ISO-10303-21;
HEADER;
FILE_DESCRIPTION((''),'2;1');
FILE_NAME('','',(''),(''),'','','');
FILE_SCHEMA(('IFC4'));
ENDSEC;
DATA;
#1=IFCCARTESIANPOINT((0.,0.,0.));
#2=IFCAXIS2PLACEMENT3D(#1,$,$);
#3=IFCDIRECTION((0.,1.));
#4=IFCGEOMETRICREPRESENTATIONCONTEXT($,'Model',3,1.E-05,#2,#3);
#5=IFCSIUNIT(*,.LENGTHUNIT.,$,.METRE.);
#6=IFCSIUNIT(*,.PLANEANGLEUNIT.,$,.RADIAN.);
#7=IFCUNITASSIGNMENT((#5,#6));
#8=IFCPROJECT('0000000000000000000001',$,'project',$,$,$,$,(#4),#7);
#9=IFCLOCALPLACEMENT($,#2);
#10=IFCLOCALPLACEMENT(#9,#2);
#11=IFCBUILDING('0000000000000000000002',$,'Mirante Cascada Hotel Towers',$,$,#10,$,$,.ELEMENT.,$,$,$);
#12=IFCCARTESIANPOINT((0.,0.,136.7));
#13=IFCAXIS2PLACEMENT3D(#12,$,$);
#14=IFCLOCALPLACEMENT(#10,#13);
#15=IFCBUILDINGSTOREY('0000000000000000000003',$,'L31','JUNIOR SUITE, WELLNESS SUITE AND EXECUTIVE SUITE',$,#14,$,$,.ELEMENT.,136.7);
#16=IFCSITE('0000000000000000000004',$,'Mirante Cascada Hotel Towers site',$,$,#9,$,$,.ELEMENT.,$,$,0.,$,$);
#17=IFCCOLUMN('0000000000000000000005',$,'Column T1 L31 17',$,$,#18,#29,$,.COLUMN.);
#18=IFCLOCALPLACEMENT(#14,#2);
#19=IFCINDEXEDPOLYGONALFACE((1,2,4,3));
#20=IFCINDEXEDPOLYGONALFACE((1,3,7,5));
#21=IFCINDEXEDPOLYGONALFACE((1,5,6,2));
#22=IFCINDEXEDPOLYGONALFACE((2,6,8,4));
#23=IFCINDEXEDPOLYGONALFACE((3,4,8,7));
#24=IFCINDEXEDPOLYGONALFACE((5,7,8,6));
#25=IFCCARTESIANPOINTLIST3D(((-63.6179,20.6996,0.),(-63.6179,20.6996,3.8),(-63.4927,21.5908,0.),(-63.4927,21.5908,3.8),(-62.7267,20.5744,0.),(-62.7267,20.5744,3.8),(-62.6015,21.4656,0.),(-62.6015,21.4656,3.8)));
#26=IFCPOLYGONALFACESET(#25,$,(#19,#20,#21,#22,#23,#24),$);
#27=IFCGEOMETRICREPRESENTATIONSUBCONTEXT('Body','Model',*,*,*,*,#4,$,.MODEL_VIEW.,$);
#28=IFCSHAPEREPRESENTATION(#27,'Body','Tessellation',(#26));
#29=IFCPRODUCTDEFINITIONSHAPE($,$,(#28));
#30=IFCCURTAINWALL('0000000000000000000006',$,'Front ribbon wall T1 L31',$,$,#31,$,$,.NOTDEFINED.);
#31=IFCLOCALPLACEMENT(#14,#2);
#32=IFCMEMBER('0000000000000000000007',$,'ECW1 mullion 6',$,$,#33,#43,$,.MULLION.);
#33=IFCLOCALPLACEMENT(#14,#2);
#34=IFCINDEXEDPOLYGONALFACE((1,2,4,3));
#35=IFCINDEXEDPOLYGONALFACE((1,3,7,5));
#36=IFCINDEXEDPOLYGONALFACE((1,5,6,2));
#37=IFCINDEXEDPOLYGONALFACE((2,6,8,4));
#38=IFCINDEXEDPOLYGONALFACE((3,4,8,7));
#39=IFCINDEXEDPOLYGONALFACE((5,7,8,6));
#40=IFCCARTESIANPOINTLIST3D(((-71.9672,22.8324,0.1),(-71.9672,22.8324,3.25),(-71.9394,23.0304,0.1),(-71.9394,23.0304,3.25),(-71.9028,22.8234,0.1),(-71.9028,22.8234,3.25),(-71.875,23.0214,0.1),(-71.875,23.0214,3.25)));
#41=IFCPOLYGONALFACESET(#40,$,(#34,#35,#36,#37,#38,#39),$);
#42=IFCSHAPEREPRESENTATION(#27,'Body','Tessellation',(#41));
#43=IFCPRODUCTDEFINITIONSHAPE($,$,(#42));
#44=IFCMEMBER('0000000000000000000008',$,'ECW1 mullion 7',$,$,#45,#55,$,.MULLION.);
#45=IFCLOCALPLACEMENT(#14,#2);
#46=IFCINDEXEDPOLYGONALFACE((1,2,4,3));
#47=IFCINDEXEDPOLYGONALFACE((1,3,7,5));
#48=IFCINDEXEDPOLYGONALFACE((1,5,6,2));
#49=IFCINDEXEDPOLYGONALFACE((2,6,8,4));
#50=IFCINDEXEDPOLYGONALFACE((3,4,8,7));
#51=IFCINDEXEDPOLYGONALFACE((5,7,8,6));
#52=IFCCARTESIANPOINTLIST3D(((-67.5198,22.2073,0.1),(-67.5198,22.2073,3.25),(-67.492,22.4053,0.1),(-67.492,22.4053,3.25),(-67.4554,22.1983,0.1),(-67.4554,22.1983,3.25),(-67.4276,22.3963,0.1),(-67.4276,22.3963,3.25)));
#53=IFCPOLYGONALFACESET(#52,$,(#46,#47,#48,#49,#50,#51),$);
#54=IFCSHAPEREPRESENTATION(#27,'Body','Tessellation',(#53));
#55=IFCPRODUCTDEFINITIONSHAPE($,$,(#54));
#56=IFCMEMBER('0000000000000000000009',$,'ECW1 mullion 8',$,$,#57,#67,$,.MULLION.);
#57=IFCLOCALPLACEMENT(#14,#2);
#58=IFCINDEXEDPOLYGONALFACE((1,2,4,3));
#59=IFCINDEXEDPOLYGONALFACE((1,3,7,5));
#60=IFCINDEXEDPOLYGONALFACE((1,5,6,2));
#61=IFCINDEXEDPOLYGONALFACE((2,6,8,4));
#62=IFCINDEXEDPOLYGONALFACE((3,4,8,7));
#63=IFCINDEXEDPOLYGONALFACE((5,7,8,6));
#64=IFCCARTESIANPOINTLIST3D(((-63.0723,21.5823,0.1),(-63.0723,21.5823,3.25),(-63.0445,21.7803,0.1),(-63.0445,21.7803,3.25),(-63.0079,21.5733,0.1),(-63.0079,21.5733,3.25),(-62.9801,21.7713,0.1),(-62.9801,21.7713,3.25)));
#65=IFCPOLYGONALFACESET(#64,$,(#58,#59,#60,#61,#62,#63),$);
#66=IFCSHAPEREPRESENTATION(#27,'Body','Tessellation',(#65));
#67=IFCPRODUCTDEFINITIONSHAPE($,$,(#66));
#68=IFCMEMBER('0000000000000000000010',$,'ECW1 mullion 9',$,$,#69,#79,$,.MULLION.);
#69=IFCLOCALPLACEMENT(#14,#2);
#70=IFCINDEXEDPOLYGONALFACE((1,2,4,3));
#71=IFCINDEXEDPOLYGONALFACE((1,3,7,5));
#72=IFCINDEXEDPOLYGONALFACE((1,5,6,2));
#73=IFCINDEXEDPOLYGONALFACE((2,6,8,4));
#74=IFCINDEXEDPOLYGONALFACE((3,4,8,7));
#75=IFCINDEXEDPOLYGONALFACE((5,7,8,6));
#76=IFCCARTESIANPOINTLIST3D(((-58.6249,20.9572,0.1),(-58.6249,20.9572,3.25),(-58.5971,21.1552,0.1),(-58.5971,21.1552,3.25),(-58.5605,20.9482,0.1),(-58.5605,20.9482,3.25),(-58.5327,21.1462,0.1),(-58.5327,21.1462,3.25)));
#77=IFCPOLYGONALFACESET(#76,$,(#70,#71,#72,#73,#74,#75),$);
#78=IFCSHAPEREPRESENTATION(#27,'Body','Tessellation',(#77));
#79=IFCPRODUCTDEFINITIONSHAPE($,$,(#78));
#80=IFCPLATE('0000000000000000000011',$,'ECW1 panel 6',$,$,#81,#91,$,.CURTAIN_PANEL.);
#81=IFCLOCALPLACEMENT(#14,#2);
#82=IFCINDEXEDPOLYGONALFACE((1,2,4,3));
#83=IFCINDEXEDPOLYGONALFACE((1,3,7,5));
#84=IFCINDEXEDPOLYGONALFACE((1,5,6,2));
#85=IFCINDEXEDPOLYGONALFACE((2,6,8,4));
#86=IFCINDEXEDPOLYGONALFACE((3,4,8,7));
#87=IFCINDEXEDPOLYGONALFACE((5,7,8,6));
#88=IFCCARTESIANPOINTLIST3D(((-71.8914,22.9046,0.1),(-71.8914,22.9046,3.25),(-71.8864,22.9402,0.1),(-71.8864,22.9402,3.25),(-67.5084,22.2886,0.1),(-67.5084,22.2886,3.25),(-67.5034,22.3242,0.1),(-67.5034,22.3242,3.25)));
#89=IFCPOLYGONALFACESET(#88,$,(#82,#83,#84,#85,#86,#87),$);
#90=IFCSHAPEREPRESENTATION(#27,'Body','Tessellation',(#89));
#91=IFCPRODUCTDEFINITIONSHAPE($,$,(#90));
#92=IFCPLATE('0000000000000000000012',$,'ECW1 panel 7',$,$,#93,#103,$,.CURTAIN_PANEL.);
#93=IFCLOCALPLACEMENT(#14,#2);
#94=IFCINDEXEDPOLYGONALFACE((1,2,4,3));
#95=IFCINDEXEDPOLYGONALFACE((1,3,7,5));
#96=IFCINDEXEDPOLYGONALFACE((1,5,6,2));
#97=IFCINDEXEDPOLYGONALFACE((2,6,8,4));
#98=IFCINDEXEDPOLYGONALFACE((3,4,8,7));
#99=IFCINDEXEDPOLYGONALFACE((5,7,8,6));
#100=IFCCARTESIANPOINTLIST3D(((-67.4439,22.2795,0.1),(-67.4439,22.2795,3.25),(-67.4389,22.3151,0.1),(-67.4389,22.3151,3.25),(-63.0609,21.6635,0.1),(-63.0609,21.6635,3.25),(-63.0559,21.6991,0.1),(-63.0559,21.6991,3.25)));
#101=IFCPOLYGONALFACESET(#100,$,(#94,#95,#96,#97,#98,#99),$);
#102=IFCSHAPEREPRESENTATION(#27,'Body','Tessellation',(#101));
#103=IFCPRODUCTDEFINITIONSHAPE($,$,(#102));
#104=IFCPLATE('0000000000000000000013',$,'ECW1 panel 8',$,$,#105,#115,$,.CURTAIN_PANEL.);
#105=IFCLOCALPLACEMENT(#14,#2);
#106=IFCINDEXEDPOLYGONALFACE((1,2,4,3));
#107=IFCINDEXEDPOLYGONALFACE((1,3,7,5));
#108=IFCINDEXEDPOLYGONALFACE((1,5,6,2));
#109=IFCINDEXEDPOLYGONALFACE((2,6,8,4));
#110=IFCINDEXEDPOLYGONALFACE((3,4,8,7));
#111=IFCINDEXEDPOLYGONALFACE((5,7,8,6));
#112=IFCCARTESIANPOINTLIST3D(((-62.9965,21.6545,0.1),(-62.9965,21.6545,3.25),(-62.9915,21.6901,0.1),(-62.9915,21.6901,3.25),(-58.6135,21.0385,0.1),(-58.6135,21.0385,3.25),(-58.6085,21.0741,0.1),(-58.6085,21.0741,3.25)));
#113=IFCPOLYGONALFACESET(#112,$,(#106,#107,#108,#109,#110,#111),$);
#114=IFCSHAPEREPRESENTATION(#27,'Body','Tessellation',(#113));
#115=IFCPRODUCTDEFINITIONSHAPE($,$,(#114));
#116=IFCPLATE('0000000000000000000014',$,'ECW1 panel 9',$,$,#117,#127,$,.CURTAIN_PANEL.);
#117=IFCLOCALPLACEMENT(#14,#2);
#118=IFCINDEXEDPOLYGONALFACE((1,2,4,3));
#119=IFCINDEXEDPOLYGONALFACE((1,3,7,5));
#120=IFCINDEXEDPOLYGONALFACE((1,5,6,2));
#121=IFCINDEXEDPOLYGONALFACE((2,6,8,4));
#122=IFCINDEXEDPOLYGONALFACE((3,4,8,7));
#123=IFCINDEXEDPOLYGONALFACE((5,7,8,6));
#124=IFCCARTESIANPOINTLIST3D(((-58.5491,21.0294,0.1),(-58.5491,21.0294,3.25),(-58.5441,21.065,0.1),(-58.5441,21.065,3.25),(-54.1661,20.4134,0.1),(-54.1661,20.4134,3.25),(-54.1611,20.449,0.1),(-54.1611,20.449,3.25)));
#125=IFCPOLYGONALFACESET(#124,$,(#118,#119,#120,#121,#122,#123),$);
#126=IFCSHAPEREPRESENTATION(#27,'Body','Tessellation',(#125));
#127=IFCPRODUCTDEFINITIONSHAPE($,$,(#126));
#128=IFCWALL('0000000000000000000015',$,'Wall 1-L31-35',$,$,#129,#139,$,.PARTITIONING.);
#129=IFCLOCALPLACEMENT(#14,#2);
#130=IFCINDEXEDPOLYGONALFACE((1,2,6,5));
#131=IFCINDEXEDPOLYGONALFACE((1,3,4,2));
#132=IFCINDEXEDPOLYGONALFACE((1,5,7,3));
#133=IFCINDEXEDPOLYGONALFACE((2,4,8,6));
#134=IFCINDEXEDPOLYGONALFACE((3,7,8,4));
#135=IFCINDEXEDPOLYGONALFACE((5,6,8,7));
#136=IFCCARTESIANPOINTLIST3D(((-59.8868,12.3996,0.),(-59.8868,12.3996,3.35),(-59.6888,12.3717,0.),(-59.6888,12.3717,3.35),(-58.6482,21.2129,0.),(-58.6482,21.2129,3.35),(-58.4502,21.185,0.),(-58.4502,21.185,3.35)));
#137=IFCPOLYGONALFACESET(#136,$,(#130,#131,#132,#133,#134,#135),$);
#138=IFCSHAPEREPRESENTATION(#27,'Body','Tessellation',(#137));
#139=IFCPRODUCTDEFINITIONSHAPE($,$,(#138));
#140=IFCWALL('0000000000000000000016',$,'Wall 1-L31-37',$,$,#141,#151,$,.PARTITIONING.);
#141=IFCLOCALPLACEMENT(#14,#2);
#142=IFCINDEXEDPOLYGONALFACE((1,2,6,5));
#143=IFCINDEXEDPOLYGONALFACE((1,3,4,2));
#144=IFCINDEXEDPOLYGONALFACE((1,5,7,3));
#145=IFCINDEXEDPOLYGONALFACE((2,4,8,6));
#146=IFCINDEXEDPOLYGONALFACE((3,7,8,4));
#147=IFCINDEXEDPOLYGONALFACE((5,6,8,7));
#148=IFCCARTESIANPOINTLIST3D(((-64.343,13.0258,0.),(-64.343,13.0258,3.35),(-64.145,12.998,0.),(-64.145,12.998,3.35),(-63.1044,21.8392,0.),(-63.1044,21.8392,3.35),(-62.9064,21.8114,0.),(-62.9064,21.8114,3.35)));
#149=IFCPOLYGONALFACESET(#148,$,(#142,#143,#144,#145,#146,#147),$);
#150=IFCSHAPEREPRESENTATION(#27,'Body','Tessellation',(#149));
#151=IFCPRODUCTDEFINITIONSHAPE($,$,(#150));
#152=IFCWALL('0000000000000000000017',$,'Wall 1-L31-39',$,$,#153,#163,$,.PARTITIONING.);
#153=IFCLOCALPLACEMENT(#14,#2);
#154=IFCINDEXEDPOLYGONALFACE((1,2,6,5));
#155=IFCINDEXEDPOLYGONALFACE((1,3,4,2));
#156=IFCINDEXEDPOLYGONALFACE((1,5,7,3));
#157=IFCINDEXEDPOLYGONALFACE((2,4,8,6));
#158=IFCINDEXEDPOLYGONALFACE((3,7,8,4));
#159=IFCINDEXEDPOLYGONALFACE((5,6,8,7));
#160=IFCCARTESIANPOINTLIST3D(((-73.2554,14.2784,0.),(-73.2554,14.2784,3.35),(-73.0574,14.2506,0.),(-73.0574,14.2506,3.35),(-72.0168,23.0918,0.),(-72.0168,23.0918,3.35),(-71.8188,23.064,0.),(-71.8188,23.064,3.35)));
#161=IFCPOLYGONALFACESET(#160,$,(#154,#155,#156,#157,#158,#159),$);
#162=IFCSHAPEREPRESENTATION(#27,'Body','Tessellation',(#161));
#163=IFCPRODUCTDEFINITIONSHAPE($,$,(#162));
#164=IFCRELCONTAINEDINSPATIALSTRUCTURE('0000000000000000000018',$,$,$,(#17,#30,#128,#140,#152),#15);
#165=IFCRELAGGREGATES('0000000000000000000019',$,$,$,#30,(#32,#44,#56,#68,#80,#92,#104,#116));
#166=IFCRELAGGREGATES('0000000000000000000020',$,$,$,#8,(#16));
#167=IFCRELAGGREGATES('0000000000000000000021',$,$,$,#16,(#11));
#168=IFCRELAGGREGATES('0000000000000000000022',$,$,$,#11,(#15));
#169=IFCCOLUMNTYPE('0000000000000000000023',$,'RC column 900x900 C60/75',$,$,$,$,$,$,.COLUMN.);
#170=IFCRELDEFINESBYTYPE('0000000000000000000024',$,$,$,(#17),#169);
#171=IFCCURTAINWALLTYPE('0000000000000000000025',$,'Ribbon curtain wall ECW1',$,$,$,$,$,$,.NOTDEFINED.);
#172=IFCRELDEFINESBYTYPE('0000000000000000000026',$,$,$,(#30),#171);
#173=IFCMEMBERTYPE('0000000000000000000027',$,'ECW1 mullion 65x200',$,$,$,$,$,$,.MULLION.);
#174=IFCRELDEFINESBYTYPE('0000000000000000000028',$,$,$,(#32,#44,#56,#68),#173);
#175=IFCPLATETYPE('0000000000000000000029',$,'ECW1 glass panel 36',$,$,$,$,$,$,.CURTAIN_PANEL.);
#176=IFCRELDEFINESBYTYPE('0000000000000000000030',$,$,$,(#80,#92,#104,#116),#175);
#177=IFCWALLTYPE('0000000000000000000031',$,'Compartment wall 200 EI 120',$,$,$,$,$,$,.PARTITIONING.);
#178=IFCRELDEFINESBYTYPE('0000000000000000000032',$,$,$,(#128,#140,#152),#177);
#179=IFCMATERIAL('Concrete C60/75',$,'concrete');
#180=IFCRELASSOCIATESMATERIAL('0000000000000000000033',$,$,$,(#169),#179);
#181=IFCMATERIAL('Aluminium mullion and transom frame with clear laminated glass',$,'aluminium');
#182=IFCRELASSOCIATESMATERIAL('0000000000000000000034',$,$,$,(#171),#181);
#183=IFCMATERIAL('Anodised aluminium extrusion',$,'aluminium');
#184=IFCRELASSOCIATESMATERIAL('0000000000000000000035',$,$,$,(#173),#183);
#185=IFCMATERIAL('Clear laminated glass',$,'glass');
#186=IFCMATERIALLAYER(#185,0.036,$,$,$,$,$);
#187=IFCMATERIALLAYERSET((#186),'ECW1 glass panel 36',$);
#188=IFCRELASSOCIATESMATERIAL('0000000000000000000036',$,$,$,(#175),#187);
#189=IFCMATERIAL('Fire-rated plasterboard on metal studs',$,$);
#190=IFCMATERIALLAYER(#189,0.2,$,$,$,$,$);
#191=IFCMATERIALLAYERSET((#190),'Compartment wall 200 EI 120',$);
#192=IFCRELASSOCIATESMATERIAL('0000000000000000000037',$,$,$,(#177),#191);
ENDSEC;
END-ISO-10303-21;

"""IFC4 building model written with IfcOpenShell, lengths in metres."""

from ifc_helpers import new_model, si_unit, direction, frame, frame_2d, origin, origin_2d, place, context, subcontext, project, spatial, rectangle, extrude, material, layer, layer_set, material_profile, profile_set, type_object, element, aggregate, save


model = new_model("IFC4")

# Units and contexts
model_context = context("Model", 3, precision=1e-05, world=origin(), true_north=direction((0.0, 1.0)))
body_context = subcontext(model_context, "Body", "Model", "MODEL_VIEW")
ifc_project = project(units=[si_unit("LENGTHUNIT", "METRE"), si_unit("PLANEANGLEUNIT", "RADIAN")], contexts=[model_context])

# Site, building, storey
site_placement = place(None, origin())
site = spatial("IfcSite", under=ifc_project, at=site_placement, Name="Mirante Cascada Hotel Towers site", CompositionType="ELEMENT", RefElevation=0.0)
building_placement = place(site_placement, origin())
building = spatial("IfcBuilding", under=site, at=building_placement, Name="Mirante Cascada Hotel Towers", CompositionType="ELEMENT")
storey_placement = place(building_placement, frame((0.0, 0.0, 136.7)))
storey = spatial("IfcBuildingStorey", under=building, at=storey_placement, Name="L31", Description="JUNIOR SUITE, WELLNESS SUITE AND EXECUTIVE SUITE", CompositionType="ELEMENT", Elevation=136.7)

# Column
ifc_material_1 = material(Name="Concrete C60/75", Category="concrete")
ifc_material_profile_1 = material_profile(ifc_material_1, rectangle(XDim=0.9, YDim=0.9, at=origin_2d()), Name="RC column 900x900 C60/75")
ifc_profile_set_1 = profile_set([ifc_material_profile_1], Name="Concrete C60/75")
column_type = type_object("IfcColumnType", Name="RC column 900x900 C60/75", PredefinedType="COLUMN", material=ifc_profile_set_1)
column_placement = place(storey_placement, frame((-63.1097, 21.0826, 0.0), z_axis=(0.0, 0.0, 1.0), x_axis=(-0.990268, 0.139173, 0.0)))
element("IfcColumn", 1, at=column_placement, inside=storey, type_object=column_type, Name="Column T1 L31 17", PredefinedType="COLUMN", context=body_context, shape_type="SweptSolid", body=[
    extrude(rectangle(XDim=0.9, YDim=0.9, at=origin_2d()), origin(), (0.0, 0.0, 1.0), 3.8),
])

# Curtain wall, members, plates
ifc_material_2 = material(Name="Aluminium mullion and transom frame with clear laminated glass", Category="aluminium")
curtain_wall_type = type_object("IfcCurtainWallType", Name="Ribbon curtain wall ECW1", PredefinedType="NOTDEFINED", material=ifc_material_2)
curtain_wall_placement = place(storey_placement, origin())
curtain_wall = element("IfcCurtainWall", 2, at=curtain_wall_placement, inside=storey, type_object=curtain_wall_type, Name="Front ribbon wall T1 L31", PredefinedType="NOTDEFINED")
ifc_material_3 = material(Name="Anodised aluminium extrusion", Category="aluminium")
ifc_material_profile_2 = material_profile(ifc_material_3, rectangle(XDim=0.2, YDim=0.065, at=origin_2d()), Name="ECW1 MULLION 65x200")
ifc_profile_set_2 = profile_set([ifc_material_profile_2], Name="Anodised aluminium extrusion")
member_type = type_object("IfcMemberType", Name="ECW1 mullion 65x200", PredefinedType="MULLION", material=ifc_profile_set_2)
member_1_placement = place(storey_placement, frame((-71.9211, 22.9269, 0.1), z_axis=(0.0, 0.0, 1.0), x_axis=(0.139173, 0.990268, 0.0)))
member_1 = element("IfcMember", 3, at=member_1_placement, type_object=member_type, Name="ECW1 mullion 6", PredefinedType="MULLION", context=body_context, shape_type="SweptSolid", body=[
    extrude(rectangle(XDim=0.2, YDim=0.065, at=origin_2d()), origin(), (0.0, 0.0, 1.0), 3.15),
])
member_2_placement = place(storey_placement, frame((-67.4737, 22.3018, 0.1), z_axis=(0.0, 0.0, 1.0), x_axis=(0.139173, 0.990268, 0.0)))
member_2 = element("IfcMember", 4, at=member_2_placement, type_object=member_type, Name="ECW1 mullion 7", PredefinedType="MULLION", context=body_context, shape_type="SweptSolid", body=[
    extrude(rectangle(XDim=0.2, YDim=0.065, at=origin_2d()), origin(), (0.0, 0.0, 1.0), 3.15),
])
member_3_placement = place(storey_placement, frame((-63.0262, 21.6768, 0.1), z_axis=(0.0, 0.0, 1.0), x_axis=(0.139173, 0.990268, 0.0)))
member_3 = element("IfcMember", 5, at=member_3_placement, type_object=member_type, Name="ECW1 mullion 8", PredefinedType="MULLION", context=body_context, shape_type="SweptSolid", body=[
    extrude(rectangle(XDim=0.2, YDim=0.065, at=origin_2d()), origin(), (0.0, 0.0, 1.0), 3.15),
])
member_4_placement = place(storey_placement, frame((-58.5788, 21.0517, 0.1), z_axis=(0.0, 0.0, 1.0), x_axis=(0.139173, 0.990268, 0.0)))
member_4 = element("IfcMember", 6, at=member_4_placement, type_object=member_type, Name="ECW1 mullion 9", PredefinedType="MULLION", context=body_context, shape_type="SweptSolid", body=[
    extrude(rectangle(XDim=0.2, YDim=0.065, at=origin_2d()), origin(), (0.0, 0.0, 1.0), 3.15),
])
ifc_material_4 = material(Name="Clear laminated glass", Category="glass")
ifc_layer_1 = layer(ifc_material_4, 0.036)
ifc_layer_set_1 = layer_set([ifc_layer_1], Name="ECW1 glass panel 36")
plate_type = type_object("IfcPlateType", Name="ECW1 glass panel 36", PredefinedType="CURTAIN_PANEL", material=ifc_layer_set_1)
plate_1_placement = place(storey_placement, frame((-69.6974, 22.6144, 0.1), z_axis=(0.0, 0.0, 1.0), x_axis=(0.990268, -0.139173, 0.0)))
plate_1 = element("IfcPlate", 7, at=plate_1_placement, type_object=plate_type, Name="ECW1 panel 6", PredefinedType="CURTAIN_PANEL", context=body_context, shape_type="SweptSolid", body=[
    extrude(rectangle(XDim=4.4261, YDim=0.036, at=origin_2d()), origin(), (0.0, 0.0, 1.0), 3.15),
])
plate_2_placement = place(storey_placement, frame((-65.2499, 21.9893, 0.1), z_axis=(0.0, 0.0, 1.0), x_axis=(0.990268, -0.139173, 0.0)))
plate_2 = element("IfcPlate", 8, at=plate_2_placement, type_object=plate_type, Name="ECW1 panel 7", PredefinedType="CURTAIN_PANEL", context=body_context, shape_type="SweptSolid", body=[
    extrude(rectangle(XDim=4.4261, YDim=0.036, at=origin_2d()), origin(), (0.0, 0.0, 1.0), 3.15),
])
plate_3_placement = place(storey_placement, frame((-60.8025, 21.3643, 0.1), z_axis=(0.0, 0.0, 1.0), x_axis=(0.990268, -0.139173, 0.0)))
plate_3 = element("IfcPlate", 9, at=plate_3_placement, type_object=plate_type, Name="ECW1 panel 8", PredefinedType="CURTAIN_PANEL", context=body_context, shape_type="SweptSolid", body=[
    extrude(rectangle(XDim=4.4261, YDim=0.036, at=origin_2d()), origin(), (0.0, 0.0, 1.0), 3.15),
])
plate_4_placement = place(storey_placement, frame((-56.3551, 20.7392, 0.1), z_axis=(0.0, 0.0, 1.0), x_axis=(0.990268, -0.139173, 0.0)))
plate_4 = element("IfcPlate", 10, at=plate_4_placement, type_object=plate_type, Name="ECW1 panel 9", PredefinedType="CURTAIN_PANEL", context=body_context, shape_type="SweptSolid", body=[
    extrude(rectangle(XDim=4.4261, YDim=0.036, at=origin_2d()), origin(), (0.0, 0.0, 1.0), 3.15),
])
aggregate(curtain_wall, [member_1, member_2, member_3, member_4, plate_1, plate_2, plate_3, plate_4])

# Walls
ifc_material_5 = material(Name="Fire-rated plasterboard on metal studs")
ifc_layer_2 = layer(ifc_material_5, 0.2)
ifc_layer_set_2 = layer_set([ifc_layer_2], Name="Compartment wall 200 EI 120")
wall_type_1 = type_object("IfcWallType", Name="Compartment wall 200 EI 120", PredefinedType="PARTITIONING", material=ifc_layer_set_2)
wall_1_placement = place(storey_placement, frame((-58.5492, 21.199, 0.0), z_axis=(0.0, 0.0, 1.0), x_axis=(-0.13917, -0.990268, 0.0)))
element("IfcWall", 11, at=wall_1_placement, inside=storey, type_object=wall_type_1, Name="Wall 1-L31-35", PredefinedType="PARTITIONING", context=body_context, shape_type="SweptSolid", body=[
    extrude(rectangle(XDim=8.8999, YDim=0.2, at=frame_2d((4.45, 0.0))), origin(), (0.0, 0.0, 1.0), 3.35),
])
for number, where, z_axis, x_axis, name in (
    (12, (-63.0054, 21.8253, 0.0), (0.0, 0.0, 1.0), (-0.139168, -0.990269, 0.0), "Wall 1-L31-37"),
    (13, (-71.9178, 23.0779, 0.0), (0.0, 0.0, 1.0), (-0.139168, -0.990269, 0.0), "Wall 1-L31-39"),
):
    element("IfcWall", number, at=place(storey_placement, frame(where, z_axis=z_axis, x_axis=x_axis)), inside=storey, type_object=wall_type_1, Name=name, PredefinedType="PARTITIONING", context=body_context, shape_type="SweptSolid", body=[
        extrude(rectangle(XDim=8.9, YDim=0.2, at=frame_2d((4.45, 0.0))), origin(), (0.0, 0.0, 1.0), 3.35),
    ])

save(model, "model.ifc")
